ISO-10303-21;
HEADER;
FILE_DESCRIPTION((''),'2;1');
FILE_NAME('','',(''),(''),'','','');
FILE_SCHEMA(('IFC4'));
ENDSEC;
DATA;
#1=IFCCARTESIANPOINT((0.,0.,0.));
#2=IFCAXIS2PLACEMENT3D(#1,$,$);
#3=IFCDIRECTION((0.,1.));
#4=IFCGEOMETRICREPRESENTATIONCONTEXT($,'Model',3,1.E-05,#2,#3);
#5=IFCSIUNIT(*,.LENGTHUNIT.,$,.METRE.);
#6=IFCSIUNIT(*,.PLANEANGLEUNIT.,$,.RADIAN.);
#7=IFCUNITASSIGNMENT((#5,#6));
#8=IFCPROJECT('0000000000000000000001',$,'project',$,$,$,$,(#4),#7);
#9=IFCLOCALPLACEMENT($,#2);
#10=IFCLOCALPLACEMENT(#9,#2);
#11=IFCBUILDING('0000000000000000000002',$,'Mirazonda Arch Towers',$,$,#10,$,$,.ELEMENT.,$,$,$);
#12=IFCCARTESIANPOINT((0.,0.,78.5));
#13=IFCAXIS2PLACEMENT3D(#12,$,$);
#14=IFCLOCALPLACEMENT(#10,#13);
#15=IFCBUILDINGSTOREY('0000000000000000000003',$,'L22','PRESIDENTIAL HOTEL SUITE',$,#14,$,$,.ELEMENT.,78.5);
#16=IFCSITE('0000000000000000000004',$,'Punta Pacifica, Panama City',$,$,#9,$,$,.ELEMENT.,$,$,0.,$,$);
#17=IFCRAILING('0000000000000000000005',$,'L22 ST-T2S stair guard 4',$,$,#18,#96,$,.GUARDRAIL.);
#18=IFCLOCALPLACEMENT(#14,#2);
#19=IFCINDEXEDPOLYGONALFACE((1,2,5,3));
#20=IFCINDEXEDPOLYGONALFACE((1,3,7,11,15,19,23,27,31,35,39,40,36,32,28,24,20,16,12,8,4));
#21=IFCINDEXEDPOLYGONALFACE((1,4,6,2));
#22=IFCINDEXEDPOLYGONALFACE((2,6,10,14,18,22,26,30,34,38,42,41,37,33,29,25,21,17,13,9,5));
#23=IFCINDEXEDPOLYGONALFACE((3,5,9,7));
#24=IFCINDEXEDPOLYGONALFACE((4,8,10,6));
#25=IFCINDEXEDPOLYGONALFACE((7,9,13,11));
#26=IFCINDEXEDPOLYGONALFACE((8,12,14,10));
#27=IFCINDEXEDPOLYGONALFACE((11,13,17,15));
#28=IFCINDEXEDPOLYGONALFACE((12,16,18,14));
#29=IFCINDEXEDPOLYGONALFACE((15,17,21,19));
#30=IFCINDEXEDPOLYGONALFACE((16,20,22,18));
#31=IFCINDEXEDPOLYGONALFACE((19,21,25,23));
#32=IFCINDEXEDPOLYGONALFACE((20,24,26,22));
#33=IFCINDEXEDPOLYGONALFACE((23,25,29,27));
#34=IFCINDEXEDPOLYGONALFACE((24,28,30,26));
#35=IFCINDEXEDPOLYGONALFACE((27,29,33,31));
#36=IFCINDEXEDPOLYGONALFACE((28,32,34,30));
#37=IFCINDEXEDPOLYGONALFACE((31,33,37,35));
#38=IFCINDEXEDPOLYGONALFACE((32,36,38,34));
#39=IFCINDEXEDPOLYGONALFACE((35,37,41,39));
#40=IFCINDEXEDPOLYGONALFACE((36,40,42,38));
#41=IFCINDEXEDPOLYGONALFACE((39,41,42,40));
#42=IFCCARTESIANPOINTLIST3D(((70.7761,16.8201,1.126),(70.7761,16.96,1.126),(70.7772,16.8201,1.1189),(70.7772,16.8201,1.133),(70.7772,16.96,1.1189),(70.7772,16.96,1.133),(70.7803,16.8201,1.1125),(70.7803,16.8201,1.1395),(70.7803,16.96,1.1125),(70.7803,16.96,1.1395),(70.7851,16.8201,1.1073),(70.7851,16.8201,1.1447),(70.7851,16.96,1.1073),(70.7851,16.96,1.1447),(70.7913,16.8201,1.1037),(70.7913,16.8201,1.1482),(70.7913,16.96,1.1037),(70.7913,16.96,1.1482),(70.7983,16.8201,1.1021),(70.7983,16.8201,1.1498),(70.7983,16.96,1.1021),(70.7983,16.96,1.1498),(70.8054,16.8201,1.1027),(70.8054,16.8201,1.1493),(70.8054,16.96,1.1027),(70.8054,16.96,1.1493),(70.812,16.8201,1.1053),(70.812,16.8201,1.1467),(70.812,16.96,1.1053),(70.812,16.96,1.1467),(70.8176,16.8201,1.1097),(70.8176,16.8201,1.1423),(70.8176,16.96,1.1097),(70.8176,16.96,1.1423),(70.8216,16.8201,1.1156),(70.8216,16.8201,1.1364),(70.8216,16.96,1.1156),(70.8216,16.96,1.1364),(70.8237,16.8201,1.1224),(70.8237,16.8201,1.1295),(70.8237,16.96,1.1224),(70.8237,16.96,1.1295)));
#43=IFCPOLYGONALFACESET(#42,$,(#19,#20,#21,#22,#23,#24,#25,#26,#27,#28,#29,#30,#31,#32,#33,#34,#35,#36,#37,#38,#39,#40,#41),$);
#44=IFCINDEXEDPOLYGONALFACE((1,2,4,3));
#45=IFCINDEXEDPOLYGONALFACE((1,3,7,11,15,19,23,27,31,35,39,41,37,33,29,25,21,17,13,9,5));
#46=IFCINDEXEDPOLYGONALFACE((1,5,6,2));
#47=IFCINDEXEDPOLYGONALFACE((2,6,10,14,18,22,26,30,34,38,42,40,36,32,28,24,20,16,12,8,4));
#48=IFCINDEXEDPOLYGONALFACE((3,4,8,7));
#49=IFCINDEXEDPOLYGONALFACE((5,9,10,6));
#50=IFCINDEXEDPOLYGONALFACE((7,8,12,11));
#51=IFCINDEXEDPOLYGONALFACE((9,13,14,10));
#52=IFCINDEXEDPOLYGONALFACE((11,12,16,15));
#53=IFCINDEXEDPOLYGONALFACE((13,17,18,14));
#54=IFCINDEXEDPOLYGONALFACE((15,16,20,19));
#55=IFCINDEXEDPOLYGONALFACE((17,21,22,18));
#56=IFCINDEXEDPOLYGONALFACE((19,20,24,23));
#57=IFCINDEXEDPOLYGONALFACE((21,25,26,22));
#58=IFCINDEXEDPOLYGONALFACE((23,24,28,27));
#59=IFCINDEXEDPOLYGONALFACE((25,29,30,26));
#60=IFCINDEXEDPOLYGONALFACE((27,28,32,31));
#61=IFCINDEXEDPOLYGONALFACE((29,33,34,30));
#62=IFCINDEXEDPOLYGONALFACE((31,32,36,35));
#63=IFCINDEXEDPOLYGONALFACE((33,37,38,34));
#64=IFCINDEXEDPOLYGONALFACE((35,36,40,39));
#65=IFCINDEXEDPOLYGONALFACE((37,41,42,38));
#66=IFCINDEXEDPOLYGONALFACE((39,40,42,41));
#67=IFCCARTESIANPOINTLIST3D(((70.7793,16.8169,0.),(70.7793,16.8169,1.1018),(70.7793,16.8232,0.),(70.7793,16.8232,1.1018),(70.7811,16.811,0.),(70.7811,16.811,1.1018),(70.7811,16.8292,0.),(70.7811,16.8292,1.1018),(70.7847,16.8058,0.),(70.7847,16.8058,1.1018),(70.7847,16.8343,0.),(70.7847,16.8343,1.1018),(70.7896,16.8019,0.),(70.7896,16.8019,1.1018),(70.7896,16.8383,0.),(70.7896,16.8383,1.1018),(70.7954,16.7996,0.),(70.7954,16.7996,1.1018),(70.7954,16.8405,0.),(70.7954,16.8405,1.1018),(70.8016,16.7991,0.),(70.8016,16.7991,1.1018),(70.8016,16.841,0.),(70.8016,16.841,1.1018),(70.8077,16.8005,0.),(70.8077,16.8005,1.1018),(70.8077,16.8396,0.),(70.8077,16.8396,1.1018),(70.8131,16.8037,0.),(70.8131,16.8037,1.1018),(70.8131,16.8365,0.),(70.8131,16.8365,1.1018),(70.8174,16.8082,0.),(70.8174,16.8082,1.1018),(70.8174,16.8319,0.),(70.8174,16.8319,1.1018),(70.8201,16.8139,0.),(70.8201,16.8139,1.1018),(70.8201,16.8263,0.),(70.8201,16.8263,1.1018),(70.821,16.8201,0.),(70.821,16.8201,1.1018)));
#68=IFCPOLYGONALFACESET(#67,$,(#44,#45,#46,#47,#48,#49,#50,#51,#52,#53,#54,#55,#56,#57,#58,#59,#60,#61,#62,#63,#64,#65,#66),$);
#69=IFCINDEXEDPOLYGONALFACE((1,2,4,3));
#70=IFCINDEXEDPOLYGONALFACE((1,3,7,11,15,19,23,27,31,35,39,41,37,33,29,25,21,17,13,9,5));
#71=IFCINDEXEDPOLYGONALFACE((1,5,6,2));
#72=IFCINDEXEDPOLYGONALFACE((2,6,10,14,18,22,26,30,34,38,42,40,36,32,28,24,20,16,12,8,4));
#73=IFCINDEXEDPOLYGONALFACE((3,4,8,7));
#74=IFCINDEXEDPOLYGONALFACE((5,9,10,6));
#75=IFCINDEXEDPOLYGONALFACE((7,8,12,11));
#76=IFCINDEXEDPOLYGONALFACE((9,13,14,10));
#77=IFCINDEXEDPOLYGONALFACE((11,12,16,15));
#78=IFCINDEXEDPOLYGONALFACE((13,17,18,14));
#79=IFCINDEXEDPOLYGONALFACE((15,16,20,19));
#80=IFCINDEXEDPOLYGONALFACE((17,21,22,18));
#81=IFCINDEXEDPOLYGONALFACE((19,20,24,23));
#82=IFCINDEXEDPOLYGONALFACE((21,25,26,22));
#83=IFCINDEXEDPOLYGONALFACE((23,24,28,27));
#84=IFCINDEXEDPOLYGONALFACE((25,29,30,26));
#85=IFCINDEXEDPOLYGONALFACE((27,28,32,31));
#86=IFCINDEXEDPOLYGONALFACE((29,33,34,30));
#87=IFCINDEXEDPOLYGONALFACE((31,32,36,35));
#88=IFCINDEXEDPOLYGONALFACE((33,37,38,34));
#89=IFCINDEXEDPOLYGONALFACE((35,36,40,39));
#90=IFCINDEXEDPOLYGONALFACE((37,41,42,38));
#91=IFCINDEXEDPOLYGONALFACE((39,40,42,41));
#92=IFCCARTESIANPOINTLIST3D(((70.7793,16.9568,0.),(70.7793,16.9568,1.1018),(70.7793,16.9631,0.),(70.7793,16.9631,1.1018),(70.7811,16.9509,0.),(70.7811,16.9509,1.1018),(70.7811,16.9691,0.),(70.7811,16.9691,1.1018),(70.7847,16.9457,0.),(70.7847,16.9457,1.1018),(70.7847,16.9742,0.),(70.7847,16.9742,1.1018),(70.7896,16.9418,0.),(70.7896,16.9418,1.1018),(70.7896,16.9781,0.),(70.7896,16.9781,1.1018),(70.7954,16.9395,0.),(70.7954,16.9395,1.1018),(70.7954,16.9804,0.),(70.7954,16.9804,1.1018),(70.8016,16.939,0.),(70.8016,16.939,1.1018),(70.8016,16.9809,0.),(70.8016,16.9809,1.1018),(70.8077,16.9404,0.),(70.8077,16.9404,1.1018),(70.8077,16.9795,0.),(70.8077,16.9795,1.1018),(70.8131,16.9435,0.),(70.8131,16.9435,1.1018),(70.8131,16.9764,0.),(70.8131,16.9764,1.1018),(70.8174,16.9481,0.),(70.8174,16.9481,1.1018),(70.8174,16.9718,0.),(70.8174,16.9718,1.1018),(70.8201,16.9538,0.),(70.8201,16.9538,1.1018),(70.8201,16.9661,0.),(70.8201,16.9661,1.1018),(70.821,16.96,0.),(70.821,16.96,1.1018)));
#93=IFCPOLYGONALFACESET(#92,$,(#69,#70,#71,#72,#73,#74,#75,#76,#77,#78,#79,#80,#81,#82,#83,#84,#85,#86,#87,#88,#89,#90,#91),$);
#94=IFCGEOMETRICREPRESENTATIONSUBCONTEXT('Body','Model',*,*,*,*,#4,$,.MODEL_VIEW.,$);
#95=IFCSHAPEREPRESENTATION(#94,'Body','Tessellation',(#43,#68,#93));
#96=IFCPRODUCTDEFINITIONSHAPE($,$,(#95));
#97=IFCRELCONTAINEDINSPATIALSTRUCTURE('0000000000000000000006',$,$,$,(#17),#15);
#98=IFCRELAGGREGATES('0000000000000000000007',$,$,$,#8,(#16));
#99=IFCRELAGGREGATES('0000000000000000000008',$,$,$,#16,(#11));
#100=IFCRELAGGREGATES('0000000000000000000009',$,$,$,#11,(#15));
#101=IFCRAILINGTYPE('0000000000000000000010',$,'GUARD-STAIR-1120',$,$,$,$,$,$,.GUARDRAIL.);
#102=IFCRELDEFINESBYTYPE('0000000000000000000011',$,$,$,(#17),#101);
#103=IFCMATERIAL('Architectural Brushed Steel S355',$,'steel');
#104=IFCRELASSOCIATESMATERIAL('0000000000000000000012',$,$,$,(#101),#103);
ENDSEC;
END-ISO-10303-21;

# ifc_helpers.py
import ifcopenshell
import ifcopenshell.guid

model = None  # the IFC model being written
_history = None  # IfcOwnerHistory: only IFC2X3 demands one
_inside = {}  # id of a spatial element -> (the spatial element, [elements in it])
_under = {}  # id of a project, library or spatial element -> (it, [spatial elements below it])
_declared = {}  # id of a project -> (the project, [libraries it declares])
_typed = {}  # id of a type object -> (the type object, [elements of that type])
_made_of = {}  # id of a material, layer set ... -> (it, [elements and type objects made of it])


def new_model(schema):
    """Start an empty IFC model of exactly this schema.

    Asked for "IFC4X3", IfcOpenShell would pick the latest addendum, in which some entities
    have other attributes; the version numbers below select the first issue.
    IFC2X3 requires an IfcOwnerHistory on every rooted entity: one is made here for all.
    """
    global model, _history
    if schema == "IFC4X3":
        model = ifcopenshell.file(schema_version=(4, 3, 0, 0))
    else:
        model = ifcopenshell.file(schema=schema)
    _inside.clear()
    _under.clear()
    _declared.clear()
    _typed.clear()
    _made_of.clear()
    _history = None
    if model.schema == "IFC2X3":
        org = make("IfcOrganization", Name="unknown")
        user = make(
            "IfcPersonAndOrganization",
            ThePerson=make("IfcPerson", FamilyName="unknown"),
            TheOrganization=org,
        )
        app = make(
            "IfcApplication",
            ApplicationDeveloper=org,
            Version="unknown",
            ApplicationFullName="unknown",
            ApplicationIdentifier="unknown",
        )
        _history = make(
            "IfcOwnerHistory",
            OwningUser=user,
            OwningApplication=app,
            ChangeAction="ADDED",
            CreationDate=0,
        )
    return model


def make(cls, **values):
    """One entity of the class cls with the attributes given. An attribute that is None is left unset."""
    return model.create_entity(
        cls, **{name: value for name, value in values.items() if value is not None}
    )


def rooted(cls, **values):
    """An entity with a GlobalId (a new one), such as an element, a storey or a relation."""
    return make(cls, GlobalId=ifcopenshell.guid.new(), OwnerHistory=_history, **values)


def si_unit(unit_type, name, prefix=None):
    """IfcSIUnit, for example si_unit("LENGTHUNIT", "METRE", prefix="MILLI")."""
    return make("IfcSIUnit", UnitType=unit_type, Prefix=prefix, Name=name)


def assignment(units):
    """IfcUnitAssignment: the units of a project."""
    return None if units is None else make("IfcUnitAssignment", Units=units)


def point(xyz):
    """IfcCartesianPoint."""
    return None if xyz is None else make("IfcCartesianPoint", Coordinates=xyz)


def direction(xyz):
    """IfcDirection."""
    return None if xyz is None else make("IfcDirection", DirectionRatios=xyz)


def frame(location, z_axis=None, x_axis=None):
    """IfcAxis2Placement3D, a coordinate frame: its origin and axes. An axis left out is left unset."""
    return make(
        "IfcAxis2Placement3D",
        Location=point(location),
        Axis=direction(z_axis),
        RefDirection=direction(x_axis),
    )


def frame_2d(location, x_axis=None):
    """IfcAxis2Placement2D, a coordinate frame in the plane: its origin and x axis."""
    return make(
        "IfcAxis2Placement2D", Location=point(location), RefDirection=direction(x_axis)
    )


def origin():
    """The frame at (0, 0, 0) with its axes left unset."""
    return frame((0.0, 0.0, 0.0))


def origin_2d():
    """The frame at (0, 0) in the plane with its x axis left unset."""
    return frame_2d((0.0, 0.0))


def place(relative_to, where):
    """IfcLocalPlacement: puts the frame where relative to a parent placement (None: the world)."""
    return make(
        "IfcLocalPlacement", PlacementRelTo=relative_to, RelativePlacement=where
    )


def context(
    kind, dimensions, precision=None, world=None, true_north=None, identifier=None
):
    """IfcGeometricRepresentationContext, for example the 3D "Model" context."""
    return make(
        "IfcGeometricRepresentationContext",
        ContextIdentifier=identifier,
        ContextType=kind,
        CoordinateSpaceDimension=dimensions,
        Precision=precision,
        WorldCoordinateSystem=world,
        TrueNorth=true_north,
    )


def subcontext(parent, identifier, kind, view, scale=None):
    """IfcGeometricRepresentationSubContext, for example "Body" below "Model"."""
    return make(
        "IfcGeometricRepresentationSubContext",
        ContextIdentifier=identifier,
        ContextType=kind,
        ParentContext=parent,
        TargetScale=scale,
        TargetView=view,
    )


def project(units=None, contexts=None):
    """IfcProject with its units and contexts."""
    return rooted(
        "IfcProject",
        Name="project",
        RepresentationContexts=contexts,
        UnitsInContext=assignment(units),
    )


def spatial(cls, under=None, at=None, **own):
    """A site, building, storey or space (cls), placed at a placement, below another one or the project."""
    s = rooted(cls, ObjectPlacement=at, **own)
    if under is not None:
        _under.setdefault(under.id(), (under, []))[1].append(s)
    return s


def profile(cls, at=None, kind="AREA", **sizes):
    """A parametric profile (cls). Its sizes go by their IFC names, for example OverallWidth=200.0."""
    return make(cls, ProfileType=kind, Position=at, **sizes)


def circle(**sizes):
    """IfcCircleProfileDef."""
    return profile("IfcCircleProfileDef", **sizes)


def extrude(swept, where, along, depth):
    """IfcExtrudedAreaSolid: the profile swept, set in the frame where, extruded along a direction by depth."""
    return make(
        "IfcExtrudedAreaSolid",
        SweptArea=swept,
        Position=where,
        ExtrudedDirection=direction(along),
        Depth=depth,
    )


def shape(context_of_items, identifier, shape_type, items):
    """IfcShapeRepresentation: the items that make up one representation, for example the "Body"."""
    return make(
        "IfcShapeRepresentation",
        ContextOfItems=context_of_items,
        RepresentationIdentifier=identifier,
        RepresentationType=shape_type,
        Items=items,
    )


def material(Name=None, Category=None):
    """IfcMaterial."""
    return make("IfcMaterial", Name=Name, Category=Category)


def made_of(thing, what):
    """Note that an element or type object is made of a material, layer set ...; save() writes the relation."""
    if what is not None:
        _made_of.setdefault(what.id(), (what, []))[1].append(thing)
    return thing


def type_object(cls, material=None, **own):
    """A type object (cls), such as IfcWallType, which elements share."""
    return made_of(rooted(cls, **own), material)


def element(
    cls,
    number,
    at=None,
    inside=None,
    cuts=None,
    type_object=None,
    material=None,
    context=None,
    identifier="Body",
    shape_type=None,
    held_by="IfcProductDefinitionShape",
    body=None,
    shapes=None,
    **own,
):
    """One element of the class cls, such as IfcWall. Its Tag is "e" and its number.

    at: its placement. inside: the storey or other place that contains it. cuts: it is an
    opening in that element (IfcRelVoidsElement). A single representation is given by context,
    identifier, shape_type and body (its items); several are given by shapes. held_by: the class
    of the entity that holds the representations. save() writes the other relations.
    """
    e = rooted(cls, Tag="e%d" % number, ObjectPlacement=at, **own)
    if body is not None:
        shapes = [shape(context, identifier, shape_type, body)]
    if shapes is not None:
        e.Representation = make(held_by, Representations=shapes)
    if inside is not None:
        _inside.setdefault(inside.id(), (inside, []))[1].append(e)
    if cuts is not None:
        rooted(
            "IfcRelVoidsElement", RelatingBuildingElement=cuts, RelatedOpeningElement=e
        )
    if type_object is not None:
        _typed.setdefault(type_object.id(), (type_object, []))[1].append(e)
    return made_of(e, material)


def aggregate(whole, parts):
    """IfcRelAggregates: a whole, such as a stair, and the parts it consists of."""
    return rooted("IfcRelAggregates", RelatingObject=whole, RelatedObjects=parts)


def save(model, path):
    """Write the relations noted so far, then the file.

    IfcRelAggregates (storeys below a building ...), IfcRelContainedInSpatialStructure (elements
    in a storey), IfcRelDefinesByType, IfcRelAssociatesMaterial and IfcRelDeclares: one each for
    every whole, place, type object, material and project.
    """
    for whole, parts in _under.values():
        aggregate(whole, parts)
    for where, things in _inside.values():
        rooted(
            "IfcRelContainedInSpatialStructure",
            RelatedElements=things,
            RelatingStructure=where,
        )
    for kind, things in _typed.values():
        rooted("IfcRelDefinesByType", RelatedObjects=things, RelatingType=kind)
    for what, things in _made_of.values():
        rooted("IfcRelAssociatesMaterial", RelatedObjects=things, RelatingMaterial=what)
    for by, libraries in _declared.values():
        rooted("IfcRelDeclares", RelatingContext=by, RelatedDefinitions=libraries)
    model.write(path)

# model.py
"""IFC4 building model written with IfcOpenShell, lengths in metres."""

from ifc_helpers import new_model, si_unit, direction, frame, origin, origin_2d, place, context, subcontext, project, spatial, circle, extrude, material, type_object, element, save


model = new_model("IFC4")

# Units and contexts
model_context = context("Model", 3, precision=1e-05, world=origin(), true_north=direction((0.0, 1.0)))
body_context = subcontext(model_context, "Body", "Model", "MODEL_VIEW")
ifc_project = project(units=[si_unit("LENGTHUNIT", "METRE"), si_unit("PLANEANGLEUNIT", "RADIAN")], contexts=[model_context])

# Site, building, storey
site_placement = place(None, origin())
site = spatial("IfcSite", under=ifc_project, at=site_placement, Name="Punta Pacifica, Panama City", CompositionType="ELEMENT", RefElevation=0.0)
building_placement = place(site_placement, origin())
building = spatial("IfcBuilding", under=site, at=building_placement, Name="Mirazonda Arch Towers", CompositionType="ELEMENT")
storey_placement = place(building_placement, frame((0.0, 0.0, 78.5)))
storey = spatial("IfcBuildingStorey", under=building, at=storey_placement, Name="L22", Description="PRESIDENTIAL HOTEL SUITE", CompositionType="ELEMENT", Elevation=78.5)

# Shared definitions
ifc_material_1 = material(Name="Architectural Brushed Steel S355", Category="steel")

# Railing
railing_type_1 = type_object("IfcRailingType", Name="GUARD-STAIR-1120", PredefinedType="GUARDRAIL", material=ifc_material_1)
railing_1_placement = place(storey_placement, frame((70.8, 16.8201, 0.0)))
element("IfcRailing", 1, at=railing_1_placement, inside=storey, type_object=railing_type_1, Name="L22 ST-T2S stair guard 4", PredefinedType="GUARDRAIL", context=body_context, shape_type="SweptSolid", body=[
    extrude(circle(Radius=0.0239, at=origin_2d()), frame((0.0, 0.0, 1.126), z_axis=(0.0, 1.0, 0.0), x_axis=(-1.0, 0.0, 0.0)), (0.0, 0.0, 1.0), 0.1399),
    extrude(circle(Radius=0.021, at=origin_2d()), origin(), (0.0, 0.0, 1.0), 1.1018),
    extrude(circle(Radius=0.021, at=origin_2d()), frame((0.0, 0.1399, 0.0)), (0.0, 0.0, 1.0), 1.1018),
])

save(model, "model.ifc")
